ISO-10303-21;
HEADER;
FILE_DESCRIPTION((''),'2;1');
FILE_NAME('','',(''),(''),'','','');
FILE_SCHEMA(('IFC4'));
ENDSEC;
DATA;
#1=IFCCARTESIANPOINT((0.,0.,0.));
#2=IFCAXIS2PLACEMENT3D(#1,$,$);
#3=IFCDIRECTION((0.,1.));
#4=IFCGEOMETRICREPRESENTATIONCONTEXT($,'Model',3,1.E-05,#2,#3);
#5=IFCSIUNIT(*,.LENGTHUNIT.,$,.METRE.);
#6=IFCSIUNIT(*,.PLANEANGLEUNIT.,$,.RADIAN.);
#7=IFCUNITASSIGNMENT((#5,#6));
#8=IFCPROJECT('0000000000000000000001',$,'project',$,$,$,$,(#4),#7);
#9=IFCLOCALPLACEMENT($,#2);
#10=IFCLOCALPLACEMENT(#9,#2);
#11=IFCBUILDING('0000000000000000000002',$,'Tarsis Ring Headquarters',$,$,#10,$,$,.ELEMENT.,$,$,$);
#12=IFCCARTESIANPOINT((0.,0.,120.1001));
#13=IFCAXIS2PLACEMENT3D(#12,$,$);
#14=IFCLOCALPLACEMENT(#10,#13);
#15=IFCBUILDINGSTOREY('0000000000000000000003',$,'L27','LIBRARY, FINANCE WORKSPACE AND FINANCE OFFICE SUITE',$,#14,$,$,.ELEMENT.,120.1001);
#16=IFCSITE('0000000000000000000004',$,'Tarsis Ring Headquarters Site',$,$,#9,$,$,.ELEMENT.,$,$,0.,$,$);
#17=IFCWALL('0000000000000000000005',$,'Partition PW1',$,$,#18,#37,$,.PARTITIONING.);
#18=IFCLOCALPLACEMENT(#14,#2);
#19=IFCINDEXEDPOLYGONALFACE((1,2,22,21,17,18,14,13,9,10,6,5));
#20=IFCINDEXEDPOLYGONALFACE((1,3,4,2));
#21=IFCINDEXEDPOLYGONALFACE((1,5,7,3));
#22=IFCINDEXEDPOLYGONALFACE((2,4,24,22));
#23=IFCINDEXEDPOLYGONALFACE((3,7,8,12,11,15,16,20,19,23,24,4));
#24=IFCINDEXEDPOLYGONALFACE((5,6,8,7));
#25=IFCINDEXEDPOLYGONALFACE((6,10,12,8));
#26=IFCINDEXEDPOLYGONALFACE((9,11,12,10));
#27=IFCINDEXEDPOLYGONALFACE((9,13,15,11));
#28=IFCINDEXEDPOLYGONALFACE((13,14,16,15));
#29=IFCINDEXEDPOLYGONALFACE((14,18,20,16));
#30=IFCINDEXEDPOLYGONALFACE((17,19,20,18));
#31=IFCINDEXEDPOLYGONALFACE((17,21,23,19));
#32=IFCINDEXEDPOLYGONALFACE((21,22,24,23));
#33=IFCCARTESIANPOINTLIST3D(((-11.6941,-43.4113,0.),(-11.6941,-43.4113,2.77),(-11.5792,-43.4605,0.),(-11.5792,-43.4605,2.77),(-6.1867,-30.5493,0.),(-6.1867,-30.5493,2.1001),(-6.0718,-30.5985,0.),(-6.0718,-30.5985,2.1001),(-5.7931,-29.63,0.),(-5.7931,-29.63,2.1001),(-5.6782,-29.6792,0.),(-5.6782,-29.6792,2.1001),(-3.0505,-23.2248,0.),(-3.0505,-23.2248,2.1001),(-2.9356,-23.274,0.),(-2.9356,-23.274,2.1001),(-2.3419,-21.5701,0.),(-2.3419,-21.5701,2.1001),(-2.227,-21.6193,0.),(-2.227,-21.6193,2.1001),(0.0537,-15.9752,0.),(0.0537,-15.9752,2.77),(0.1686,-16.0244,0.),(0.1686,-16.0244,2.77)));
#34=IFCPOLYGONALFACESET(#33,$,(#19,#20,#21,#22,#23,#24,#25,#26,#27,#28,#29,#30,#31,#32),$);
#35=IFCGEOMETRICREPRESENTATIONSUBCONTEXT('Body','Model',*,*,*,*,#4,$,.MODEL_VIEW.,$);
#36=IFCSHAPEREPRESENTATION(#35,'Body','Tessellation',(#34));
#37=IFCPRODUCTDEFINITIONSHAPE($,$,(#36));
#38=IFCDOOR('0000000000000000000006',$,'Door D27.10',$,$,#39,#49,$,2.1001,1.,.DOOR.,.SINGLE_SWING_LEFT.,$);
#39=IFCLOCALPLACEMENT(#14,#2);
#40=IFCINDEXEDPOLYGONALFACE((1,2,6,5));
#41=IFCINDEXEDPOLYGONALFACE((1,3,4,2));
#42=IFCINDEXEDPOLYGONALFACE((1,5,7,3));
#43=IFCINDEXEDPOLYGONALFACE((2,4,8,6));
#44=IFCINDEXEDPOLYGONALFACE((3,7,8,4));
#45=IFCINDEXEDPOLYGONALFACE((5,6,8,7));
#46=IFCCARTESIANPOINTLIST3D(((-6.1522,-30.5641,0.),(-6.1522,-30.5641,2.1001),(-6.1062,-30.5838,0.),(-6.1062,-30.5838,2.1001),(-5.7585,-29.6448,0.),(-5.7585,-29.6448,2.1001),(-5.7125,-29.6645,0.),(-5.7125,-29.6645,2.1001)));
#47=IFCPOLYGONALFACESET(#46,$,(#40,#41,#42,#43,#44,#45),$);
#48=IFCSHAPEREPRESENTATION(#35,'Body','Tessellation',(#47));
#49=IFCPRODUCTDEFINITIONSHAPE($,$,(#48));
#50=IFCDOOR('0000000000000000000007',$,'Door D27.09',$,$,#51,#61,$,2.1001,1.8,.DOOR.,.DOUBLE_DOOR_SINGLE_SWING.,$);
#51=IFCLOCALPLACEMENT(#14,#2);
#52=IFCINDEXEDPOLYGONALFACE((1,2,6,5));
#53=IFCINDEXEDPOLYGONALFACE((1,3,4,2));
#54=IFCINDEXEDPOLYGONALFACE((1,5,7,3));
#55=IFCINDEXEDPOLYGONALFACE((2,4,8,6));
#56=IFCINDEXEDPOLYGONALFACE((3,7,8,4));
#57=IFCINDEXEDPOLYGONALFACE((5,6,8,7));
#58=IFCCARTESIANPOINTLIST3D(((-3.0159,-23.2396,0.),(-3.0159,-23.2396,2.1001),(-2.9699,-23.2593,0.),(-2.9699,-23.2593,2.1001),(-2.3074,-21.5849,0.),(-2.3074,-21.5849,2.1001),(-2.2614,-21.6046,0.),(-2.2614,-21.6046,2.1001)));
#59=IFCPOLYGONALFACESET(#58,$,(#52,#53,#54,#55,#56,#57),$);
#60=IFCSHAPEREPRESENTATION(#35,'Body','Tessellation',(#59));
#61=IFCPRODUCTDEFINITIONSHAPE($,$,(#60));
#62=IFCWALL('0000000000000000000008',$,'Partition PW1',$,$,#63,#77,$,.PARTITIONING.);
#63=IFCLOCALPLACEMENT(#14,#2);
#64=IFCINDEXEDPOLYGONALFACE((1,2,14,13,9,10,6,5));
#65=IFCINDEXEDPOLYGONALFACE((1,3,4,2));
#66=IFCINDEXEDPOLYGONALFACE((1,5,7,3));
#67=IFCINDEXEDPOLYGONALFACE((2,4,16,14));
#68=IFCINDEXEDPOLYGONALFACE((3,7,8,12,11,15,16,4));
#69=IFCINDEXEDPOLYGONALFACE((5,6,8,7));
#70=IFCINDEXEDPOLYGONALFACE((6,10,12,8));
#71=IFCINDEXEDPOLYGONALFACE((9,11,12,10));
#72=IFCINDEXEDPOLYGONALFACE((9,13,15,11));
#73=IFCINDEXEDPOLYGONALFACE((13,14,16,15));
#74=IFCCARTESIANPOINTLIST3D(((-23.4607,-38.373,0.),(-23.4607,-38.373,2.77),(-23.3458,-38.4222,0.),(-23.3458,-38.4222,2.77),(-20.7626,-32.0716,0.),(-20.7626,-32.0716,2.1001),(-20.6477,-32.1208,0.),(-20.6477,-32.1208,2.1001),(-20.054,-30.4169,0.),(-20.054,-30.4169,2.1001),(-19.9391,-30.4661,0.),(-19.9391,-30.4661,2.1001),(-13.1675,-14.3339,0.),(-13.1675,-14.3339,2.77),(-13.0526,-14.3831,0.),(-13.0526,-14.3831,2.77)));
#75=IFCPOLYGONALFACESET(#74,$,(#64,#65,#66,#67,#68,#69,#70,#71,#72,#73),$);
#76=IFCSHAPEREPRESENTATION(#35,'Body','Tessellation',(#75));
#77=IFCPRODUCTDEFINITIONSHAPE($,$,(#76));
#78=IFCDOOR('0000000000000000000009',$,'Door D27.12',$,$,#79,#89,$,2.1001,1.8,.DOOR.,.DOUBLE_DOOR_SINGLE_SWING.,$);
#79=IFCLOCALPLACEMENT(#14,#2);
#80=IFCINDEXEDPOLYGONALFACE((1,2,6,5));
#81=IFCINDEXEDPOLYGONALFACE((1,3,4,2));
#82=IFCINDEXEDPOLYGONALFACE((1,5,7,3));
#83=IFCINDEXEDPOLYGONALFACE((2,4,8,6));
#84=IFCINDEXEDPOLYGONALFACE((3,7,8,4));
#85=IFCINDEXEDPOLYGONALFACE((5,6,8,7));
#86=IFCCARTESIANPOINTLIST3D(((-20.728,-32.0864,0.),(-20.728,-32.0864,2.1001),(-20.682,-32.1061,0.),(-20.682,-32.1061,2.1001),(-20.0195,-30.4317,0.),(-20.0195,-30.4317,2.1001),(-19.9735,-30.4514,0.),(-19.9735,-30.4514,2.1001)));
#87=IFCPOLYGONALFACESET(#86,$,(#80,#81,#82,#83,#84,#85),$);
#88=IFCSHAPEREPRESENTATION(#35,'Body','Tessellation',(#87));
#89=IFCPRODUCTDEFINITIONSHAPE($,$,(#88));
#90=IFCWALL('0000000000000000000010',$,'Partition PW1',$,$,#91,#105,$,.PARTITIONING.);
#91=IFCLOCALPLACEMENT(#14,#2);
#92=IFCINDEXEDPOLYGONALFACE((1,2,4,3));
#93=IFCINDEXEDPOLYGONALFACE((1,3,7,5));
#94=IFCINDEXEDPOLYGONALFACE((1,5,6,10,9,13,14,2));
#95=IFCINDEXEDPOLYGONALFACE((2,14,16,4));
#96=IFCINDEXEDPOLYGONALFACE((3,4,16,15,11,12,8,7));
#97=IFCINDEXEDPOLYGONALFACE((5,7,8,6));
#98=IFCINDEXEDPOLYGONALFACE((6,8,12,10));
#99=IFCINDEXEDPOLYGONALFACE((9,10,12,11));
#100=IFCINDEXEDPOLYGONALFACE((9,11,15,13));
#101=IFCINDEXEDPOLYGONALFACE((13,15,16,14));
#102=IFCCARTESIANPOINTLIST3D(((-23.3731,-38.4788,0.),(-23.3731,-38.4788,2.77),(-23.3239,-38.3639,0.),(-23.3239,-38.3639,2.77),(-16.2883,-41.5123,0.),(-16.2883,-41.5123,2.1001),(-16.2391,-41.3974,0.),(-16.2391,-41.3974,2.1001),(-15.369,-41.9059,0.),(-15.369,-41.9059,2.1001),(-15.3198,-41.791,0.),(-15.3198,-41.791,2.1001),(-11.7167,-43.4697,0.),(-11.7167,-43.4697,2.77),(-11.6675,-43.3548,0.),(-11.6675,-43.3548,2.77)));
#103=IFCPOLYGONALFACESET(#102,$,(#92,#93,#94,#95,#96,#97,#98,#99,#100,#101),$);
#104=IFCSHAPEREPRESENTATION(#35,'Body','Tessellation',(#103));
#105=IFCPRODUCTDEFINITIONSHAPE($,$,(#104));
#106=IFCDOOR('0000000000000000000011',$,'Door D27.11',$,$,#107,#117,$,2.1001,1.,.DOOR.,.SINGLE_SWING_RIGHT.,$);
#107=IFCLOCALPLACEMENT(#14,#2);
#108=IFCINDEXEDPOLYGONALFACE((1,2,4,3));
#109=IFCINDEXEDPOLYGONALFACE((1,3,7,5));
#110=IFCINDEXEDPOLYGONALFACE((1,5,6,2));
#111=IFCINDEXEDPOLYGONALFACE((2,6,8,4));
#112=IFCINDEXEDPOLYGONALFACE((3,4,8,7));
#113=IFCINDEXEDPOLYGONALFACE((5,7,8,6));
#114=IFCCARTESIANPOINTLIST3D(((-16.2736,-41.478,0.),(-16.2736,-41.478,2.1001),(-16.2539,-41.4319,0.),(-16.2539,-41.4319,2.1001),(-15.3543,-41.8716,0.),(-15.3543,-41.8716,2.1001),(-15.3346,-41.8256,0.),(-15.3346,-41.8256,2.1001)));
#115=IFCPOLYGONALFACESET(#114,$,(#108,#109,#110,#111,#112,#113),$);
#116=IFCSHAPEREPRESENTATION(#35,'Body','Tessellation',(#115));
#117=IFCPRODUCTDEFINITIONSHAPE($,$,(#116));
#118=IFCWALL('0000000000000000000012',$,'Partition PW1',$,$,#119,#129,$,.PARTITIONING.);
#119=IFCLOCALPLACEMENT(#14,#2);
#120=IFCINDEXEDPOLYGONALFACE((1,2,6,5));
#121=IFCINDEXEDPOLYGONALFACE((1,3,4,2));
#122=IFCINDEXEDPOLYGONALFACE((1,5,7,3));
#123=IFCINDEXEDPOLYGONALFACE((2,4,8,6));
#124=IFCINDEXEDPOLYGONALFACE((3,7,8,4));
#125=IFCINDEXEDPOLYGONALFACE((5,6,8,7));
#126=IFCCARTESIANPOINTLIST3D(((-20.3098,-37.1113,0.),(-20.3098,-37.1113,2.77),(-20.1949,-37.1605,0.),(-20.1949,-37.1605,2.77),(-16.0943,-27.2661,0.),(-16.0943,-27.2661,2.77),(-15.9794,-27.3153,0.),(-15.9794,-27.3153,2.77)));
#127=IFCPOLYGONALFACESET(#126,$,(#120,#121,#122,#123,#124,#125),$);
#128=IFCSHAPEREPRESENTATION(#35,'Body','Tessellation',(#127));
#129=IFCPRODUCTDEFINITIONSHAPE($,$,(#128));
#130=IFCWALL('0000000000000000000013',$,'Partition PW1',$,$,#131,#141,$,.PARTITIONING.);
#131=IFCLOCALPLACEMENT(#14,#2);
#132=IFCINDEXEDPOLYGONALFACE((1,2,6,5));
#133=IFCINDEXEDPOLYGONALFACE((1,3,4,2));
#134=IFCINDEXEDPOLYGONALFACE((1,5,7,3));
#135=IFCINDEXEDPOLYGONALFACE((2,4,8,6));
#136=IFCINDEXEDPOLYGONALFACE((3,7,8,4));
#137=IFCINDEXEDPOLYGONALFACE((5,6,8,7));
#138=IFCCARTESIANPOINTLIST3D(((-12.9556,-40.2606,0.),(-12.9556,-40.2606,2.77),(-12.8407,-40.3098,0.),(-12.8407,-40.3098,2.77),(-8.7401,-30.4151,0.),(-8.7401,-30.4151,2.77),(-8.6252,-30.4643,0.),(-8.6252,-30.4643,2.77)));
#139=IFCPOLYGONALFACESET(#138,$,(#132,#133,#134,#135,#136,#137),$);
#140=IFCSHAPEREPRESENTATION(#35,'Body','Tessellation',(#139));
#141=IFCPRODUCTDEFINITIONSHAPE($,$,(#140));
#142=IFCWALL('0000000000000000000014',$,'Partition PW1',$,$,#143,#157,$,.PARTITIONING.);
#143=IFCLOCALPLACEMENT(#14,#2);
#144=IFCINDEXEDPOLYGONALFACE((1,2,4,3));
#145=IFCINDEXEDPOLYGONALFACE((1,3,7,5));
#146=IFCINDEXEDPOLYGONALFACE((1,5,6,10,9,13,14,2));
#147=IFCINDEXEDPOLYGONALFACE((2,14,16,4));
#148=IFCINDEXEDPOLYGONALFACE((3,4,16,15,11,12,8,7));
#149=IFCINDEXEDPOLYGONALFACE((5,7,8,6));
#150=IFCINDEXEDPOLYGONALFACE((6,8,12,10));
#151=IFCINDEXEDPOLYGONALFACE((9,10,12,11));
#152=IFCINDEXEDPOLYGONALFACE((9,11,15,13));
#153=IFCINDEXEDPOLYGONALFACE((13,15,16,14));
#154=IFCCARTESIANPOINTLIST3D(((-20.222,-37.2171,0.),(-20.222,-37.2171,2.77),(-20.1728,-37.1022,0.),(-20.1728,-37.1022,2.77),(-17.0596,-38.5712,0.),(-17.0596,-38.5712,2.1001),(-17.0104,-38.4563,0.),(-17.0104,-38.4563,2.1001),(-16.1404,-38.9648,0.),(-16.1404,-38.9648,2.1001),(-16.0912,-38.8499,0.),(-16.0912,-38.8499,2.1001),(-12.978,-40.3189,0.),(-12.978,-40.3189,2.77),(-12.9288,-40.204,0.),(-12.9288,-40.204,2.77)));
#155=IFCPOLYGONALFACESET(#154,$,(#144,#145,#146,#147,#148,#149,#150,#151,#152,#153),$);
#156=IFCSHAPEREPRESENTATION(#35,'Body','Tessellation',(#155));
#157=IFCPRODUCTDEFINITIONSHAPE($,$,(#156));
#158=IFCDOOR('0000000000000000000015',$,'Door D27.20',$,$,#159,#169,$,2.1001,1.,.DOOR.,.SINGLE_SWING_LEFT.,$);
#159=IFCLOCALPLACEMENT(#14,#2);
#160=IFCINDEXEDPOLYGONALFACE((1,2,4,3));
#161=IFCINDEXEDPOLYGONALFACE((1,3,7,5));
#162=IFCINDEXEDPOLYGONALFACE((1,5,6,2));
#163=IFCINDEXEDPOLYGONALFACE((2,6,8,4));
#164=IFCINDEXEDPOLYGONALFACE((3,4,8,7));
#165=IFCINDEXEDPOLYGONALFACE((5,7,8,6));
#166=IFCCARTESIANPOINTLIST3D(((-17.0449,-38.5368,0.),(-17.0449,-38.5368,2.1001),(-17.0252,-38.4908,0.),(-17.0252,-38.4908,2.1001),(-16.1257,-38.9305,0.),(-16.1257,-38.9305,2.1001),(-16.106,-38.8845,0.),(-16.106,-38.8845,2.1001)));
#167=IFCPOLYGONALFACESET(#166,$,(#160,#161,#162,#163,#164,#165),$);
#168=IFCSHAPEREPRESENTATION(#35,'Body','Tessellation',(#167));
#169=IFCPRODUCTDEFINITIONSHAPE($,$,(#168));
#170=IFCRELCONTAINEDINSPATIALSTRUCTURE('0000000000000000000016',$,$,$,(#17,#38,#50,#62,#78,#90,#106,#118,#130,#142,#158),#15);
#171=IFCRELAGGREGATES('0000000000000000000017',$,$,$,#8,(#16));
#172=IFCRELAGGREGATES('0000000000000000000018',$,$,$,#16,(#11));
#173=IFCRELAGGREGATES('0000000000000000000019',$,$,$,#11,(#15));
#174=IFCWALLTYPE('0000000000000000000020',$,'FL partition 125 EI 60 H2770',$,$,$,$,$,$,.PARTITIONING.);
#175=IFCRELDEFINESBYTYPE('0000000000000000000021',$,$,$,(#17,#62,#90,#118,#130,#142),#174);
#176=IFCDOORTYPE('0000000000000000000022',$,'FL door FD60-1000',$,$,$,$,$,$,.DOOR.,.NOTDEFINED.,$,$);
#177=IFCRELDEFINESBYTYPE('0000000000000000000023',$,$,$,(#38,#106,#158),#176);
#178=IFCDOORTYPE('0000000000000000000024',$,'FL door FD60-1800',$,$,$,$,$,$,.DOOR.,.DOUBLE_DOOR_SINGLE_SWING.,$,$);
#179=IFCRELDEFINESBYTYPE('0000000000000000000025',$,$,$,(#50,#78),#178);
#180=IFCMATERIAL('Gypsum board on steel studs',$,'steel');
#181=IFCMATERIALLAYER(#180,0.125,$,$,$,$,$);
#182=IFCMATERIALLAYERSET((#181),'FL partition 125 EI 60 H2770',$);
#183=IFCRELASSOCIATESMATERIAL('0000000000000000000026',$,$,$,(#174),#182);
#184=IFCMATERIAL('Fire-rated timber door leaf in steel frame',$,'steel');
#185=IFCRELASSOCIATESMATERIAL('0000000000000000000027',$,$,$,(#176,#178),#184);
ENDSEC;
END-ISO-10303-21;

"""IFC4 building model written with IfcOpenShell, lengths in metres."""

from ifc_helpers import new_model, si_unit, direction, frame, frame_2d, origin, place, context, subcontext, project, spatial, rectangle, extrude, material, layer, layer_set, type_object, element, fill, save


model = new_model("IFC4")

# Units and contexts
model_context = context("Model", 3, precision=1e-05, world=origin(), true_north=direction((0.0, 1.0)))
body_context = subcontext(model_context, "Body", "Model", "MODEL_VIEW")
ifc_project = project(units=[si_unit("LENGTHUNIT", "METRE"), si_unit("PLANEANGLEUNIT", "RADIAN")], contexts=[model_context])

# Site, building, storey
site_placement = place(None, origin())
site = spatial("IfcSite", under=ifc_project, at=site_placement, Name="Tarsis Ring Headquarters Site", CompositionType="ELEMENT", RefElevation=0.0)
building_placement = place(site_placement, origin())
building = spatial("IfcBuilding", under=site, at=building_placement, Name="Tarsis Ring Headquarters", CompositionType="ELEMENT")
storey_placement = place(building_placement, frame((0.0, 0.0, 120.1001)))
storey = spatial("IfcBuildingStorey", under=building, at=storey_placement, Name="L27", Description="LIBRARY, FINANCE WORKSPACE AND FINANCE OFFICE SUITE", CompositionType="ELEMENT", Elevation=120.1001)

# Shared definitions
ifc_material_1 = material(Name="Gypsum board on steel studs", Category="steel")

# Wall, openings, doors
ifc_layer_1 = layer(ifc_material_1, 0.125)
ifc_layer_set_1 = layer_set([ifc_layer_1], Name="FL partition 125 EI 60 H2770")
wall_type_1 = type_object("IfcWallType", Name="FL partition 125 EI 60 H2770", PredefinedType="PARTITIONING", material=ifc_layer_set_1)
wall_1_placement = place(storey_placement, frame((-11.6367, -43.436, 0.0), z_axis=(0.0, 0.0, 1.0), x_axis=(0.393622, 0.919272, 0.0)))
wall_1 = element("IfcWall", 1, at=wall_1_placement, inside=storey, type_object=wall_type_1, Name="Partition PW1", PredefinedType="PARTITIONING", context=body_context, shape_type="SweptSolid", body=[
    extrude(rectangle(XDim=29.8455, YDim=0.125, at=frame_2d((14.9229, 0.0))), origin(), (0.0, 0.0, 1.0), 2.77),
])
opening_1_placement = place(wall_1_placement, frame((21.9595, 0.0, 0.0)))
opening_1 = element("IfcOpeningElement", 2, at=opening_1_placement, cuts=wall_1, PredefinedType="OPENING", context=body_context, shape_type="SweptSolid", body=[
    extrude(rectangle(XDim=1.8, YDim=2.1001, at=frame_2d((0.8999, 1.05))), frame((0.0, 0.0725, 0.0), z_axis=(0.0, -1.0, 0.0), x_axis=(1.0, 0.0, 0.0)), (0.0, 0.0, 1.0), 0.145),
])
opening_2_placement = place(wall_1_placement, frame((13.9917, 0.0, 0.0)))
opening_2 = element("IfcOpeningElement", 3, at=opening_2_placement, cuts=wall_1, PredefinedType="OPENING", context=body_context, shape_type="SweptSolid", body=[
    extrude(rectangle(XDim=1.0, YDim=2.1001, at=frame_2d((0.5, 1.05))), frame((0.0, 0.0725, 0.0), z_axis=(0.0, -1.0, 0.0), x_axis=(1.0, 0.0, 0.0)), (0.0, 0.0, 1.0), 0.145),
])
ifc_material_2 = material(Name="Fire-rated timber door leaf in steel frame", Category="steel")
door_type_1 = type_object("IfcDoorType", Name="FL door FD60-1000", OperationType="NOTDEFINED", PredefinedType="DOOR", material=ifc_material_2)
door_1_placement = place(opening_2_placement, origin())
door_1 = element("IfcDoor", 4, at=door_1_placement, inside=storey, type_object=door_type_1, Name="Door D27.10", OperationType="SINGLE_SWING_LEFT", OverallHeight=2.1001, OverallWidth=1.0, PredefinedType="DOOR", context=body_context, shape_type="SweptSolid", body=[
    extrude(rectangle(XDim=1.0, YDim=2.1001, at=frame_2d((0.5, 1.05))), frame((0.0, 0.0249, 0.0), z_axis=(0.0, -1.0, 0.0), x_axis=(1.0, 0.0, 0.0)), (0.0, 0.0, 1.0), 0.05),
])
fill(opening_2, door_1)
door_type_2 = type_object("IfcDoorType", Name="FL door FD60-1800", OperationType="DOUBLE_DOOR_SINGLE_SWING", PredefinedType="DOOR", material=ifc_material_2)
door_2_placement = place(opening_1_placement, origin())
door_2 = element("IfcDoor", 5, at=door_2_placement, inside=storey, type_object=door_type_2, Name="Door D27.09", OperationType="DOUBLE_DOOR_SINGLE_SWING", OverallHeight=2.1001, OverallWidth=1.8, PredefinedType="DOOR", context=body_context, shape_type="SweptSolid", body=[
    extrude(rectangle(XDim=1.8, YDim=2.1001, at=frame_2d((0.8999, 1.05))), frame((0.0, 0.0249, 0.0), z_axis=(0.0, -1.0, 0.0), x_axis=(1.0, 0.0, 0.0)), (0.0, 0.0, 1.0), 0.05),
])
fill(opening_1, door_2)

# Walls, openings, doors
wall_2_placement = place(storey_placement, frame((-23.4033, -38.3977, 0.0), z_axis=(0.0, 0.0, 1.0), x_axis=(0.393621, 0.919273, 0.0)))
wall_2 = element("IfcWall", 6, at=wall_2_placement, inside=storey, type_object=wall_type_1, Name="Partition PW1", PredefinedType="PARTITIONING", context=body_context, shape_type="SweptSolid", body=[
    extrude(rectangle(XDim=26.1501, YDim=0.125, at=frame_2d((13.0752, 0.0))), origin(), (0.0, 0.0, 1.0), 2.77),
])
opening_3_placement = place(wall_2_placement, frame((6.855, 0.0, 0.0)))
opening_3 = element("IfcOpeningElement", 7, at=opening_3_placement, cuts=wall_2, PredefinedType="OPENING", context=body_context, shape_type="SweptSolid", body=[
    extrude(rectangle(XDim=1.8, YDim=2.1001, at=frame_2d((0.8999, 1.05))), frame((0.0, 0.0725, 0.0), z_axis=(0.0, -1.0, 0.0), x_axis=(1.0, 0.0, 0.0)), (0.0, 0.0, 1.0), 0.145),
])
door_3_placement = place(opening_3_placement, origin())
door_3 = element("IfcDoor", 8, at=door_3_placement, inside=storey, type_object=door_type_2, Name="Door D27.12", OperationType="DOUBLE_DOOR_SINGLE_SWING", OverallHeight=2.1001, OverallWidth=1.8, PredefinedType="DOOR", context=body_context, shape_type="SweptSolid", body=[
    extrude(rectangle(XDim=1.8, YDim=2.1001, at=frame_2d((0.8999, 1.05))), frame((0.0, 0.0249, 0.0), z_axis=(0.0, -1.0, 0.0), x_axis=(1.0, 0.0, 0.0)), (0.0, 0.0, 1.0), 0.05),
])
fill(opening_3, door_3)
wall_3_placement = place(storey_placement, frame((-23.3484, -38.4214, 0.0), z_axis=(0.0, 0.0, 1.0), x_axis=(0.919278, -0.393608, 0.0)))
wall_3 = element("IfcWall", 9, at=wall_3_placement, inside=storey, type_object=wall_type_1, Name="Partition PW1", PredefinedType="PARTITIONING", context=body_context, shape_type="SweptSolid", body=[
    extrude(rectangle(XDim=12.6799, YDim=0.125, at=frame_2d((6.3398, 0.0))), origin(), (0.0, 0.0, 1.0), 2.77),
])
opening_4_placement = place(wall_3_placement, frame((7.7068, 0.0, 0.0)))
opening_4 = element("IfcOpeningElement", 10, at=opening_4_placement, cuts=wall_3, PredefinedType="OPENING", context=body_context, shape_type="SweptSolid", body=[
    extrude(rectangle(XDim=1.0, YDim=2.1001, at=frame_2d((0.5, 1.05))), frame((0.0, 0.0725, 0.0), z_axis=(0.0, -1.0, 0.0), x_axis=(1.0, 0.0, 0.0)), (0.0, 0.0, 1.0), 0.145),
])
door_4_placement = place(opening_4_placement, origin())
door_4 = element("IfcDoor", 11, at=door_4_placement, inside=storey, type_object=door_type_1, Name="Door D27.11", OperationType="SINGLE_SWING_RIGHT", OverallHeight=2.1001, OverallWidth=1.0, PredefinedType="DOOR", context=body_context, shape_type="SweptSolid", body=[
    extrude(rectangle(XDim=1.0, YDim=2.1001, at=frame_2d((0.5, 1.05))), frame((0.0, 0.0249, 0.0), z_axis=(0.0, -1.0, 0.0), x_axis=(1.0, 0.0, 0.0)), (0.0, 0.0, 1.0), 0.05),
])
fill(opening_4, door_4)

# Walls
wall_4_placement = place(storey_placement, frame((-20.2524, -37.136, 0.0), z_axis=(0.0, 0.0, 1.0), x_axis=(0.393619, 0.919274, 0.0)))
element("IfcWall", 12, at=wall_4_placement, inside=storey, type_object=wall_type_1, Name="Partition PW1", PredefinedType="PARTITIONING", context=body_context, shape_type="SweptSolid", body=[
    extrude(rectangle(XDim=10.7097, YDim=0.125, at=frame_2d((5.355, 0.0))), origin(), (0.0, 0.0, 1.0), 2.77),
])
wall_5_placement = place(storey_placement, frame((-12.8982, -40.2852, 0.0), z_axis=(0.0, 0.0, 1.0), x_axis=(0.393611, 0.919277, 0.0)))
element("IfcWall", 13, at=wall_5_placement, inside=storey, type_object=wall_type_1, Name="Partition PW1", PredefinedType="PARTITIONING", context=body_context, shape_type="SweptSolid", body=[
    extrude(rectangle(XDim=10.71, YDim=0.125, at=frame_2d((5.355, 0.0))), origin(), (0.0, 0.0, 1.0), 2.77),
])

# Wall, opening, door
wall_6_placement = place(storey_placement, frame((-20.1973, -37.1597, 0.0), z_axis=(0.0, 0.0, 1.0), x_axis=(0.91927, -0.393628, 0.0)))
wall_6 = element("IfcWall", 14, at=wall_6_placement, inside=storey, type_object=wall_type_1, Name="Partition PW1", PredefinedType="PARTITIONING", context=body_context, shape_type="SweptSolid", body=[
    extrude(rectangle(XDim=7.8801, YDim=0.125, at=frame_2d((3.9399, 0.0))), origin(), (0.0, 0.0, 1.0), 2.77),
])
opening_5_placement = place(wall_6_placement, frame((3.4399, 0.0, 0.0)))
opening_5 = element("IfcOpeningElement", 15, at=opening_5_placement, cuts=wall_6, PredefinedType="OPENING", context=body_context, shape_type="SweptSolid", body=[
    extrude(rectangle(XDim=1.0, YDim=2.1001, at=frame_2d((0.5, 1.05))), frame((0.0, 0.0725, 0.0), z_axis=(0.0, -1.0, 0.0), x_axis=(1.0, 0.0, 0.0)), (0.0, 0.0, 1.0), 0.145),
])
door_5_placement = place(opening_5_placement, origin())
door_5 = element("IfcDoor", 16, at=door_5_placement, inside=storey, type_object=door_type_1, Name="Door D27.20", OperationType="SINGLE_SWING_LEFT", OverallHeight=2.1001, OverallWidth=1.0, PredefinedType="DOOR", context=body_context, shape_type="SweptSolid", body=[
    extrude(rectangle(XDim=1.0, YDim=2.1001, at=frame_2d((0.5, 1.05))), frame((0.0, 0.0249, 0.0), z_axis=(0.0, -1.0, 0.0), x_axis=(1.0, 0.0, 0.0)), (0.0, 0.0, 1.0), 0.05),
])
fill(opening_5, door_5)

save(model, "model.ifc")
